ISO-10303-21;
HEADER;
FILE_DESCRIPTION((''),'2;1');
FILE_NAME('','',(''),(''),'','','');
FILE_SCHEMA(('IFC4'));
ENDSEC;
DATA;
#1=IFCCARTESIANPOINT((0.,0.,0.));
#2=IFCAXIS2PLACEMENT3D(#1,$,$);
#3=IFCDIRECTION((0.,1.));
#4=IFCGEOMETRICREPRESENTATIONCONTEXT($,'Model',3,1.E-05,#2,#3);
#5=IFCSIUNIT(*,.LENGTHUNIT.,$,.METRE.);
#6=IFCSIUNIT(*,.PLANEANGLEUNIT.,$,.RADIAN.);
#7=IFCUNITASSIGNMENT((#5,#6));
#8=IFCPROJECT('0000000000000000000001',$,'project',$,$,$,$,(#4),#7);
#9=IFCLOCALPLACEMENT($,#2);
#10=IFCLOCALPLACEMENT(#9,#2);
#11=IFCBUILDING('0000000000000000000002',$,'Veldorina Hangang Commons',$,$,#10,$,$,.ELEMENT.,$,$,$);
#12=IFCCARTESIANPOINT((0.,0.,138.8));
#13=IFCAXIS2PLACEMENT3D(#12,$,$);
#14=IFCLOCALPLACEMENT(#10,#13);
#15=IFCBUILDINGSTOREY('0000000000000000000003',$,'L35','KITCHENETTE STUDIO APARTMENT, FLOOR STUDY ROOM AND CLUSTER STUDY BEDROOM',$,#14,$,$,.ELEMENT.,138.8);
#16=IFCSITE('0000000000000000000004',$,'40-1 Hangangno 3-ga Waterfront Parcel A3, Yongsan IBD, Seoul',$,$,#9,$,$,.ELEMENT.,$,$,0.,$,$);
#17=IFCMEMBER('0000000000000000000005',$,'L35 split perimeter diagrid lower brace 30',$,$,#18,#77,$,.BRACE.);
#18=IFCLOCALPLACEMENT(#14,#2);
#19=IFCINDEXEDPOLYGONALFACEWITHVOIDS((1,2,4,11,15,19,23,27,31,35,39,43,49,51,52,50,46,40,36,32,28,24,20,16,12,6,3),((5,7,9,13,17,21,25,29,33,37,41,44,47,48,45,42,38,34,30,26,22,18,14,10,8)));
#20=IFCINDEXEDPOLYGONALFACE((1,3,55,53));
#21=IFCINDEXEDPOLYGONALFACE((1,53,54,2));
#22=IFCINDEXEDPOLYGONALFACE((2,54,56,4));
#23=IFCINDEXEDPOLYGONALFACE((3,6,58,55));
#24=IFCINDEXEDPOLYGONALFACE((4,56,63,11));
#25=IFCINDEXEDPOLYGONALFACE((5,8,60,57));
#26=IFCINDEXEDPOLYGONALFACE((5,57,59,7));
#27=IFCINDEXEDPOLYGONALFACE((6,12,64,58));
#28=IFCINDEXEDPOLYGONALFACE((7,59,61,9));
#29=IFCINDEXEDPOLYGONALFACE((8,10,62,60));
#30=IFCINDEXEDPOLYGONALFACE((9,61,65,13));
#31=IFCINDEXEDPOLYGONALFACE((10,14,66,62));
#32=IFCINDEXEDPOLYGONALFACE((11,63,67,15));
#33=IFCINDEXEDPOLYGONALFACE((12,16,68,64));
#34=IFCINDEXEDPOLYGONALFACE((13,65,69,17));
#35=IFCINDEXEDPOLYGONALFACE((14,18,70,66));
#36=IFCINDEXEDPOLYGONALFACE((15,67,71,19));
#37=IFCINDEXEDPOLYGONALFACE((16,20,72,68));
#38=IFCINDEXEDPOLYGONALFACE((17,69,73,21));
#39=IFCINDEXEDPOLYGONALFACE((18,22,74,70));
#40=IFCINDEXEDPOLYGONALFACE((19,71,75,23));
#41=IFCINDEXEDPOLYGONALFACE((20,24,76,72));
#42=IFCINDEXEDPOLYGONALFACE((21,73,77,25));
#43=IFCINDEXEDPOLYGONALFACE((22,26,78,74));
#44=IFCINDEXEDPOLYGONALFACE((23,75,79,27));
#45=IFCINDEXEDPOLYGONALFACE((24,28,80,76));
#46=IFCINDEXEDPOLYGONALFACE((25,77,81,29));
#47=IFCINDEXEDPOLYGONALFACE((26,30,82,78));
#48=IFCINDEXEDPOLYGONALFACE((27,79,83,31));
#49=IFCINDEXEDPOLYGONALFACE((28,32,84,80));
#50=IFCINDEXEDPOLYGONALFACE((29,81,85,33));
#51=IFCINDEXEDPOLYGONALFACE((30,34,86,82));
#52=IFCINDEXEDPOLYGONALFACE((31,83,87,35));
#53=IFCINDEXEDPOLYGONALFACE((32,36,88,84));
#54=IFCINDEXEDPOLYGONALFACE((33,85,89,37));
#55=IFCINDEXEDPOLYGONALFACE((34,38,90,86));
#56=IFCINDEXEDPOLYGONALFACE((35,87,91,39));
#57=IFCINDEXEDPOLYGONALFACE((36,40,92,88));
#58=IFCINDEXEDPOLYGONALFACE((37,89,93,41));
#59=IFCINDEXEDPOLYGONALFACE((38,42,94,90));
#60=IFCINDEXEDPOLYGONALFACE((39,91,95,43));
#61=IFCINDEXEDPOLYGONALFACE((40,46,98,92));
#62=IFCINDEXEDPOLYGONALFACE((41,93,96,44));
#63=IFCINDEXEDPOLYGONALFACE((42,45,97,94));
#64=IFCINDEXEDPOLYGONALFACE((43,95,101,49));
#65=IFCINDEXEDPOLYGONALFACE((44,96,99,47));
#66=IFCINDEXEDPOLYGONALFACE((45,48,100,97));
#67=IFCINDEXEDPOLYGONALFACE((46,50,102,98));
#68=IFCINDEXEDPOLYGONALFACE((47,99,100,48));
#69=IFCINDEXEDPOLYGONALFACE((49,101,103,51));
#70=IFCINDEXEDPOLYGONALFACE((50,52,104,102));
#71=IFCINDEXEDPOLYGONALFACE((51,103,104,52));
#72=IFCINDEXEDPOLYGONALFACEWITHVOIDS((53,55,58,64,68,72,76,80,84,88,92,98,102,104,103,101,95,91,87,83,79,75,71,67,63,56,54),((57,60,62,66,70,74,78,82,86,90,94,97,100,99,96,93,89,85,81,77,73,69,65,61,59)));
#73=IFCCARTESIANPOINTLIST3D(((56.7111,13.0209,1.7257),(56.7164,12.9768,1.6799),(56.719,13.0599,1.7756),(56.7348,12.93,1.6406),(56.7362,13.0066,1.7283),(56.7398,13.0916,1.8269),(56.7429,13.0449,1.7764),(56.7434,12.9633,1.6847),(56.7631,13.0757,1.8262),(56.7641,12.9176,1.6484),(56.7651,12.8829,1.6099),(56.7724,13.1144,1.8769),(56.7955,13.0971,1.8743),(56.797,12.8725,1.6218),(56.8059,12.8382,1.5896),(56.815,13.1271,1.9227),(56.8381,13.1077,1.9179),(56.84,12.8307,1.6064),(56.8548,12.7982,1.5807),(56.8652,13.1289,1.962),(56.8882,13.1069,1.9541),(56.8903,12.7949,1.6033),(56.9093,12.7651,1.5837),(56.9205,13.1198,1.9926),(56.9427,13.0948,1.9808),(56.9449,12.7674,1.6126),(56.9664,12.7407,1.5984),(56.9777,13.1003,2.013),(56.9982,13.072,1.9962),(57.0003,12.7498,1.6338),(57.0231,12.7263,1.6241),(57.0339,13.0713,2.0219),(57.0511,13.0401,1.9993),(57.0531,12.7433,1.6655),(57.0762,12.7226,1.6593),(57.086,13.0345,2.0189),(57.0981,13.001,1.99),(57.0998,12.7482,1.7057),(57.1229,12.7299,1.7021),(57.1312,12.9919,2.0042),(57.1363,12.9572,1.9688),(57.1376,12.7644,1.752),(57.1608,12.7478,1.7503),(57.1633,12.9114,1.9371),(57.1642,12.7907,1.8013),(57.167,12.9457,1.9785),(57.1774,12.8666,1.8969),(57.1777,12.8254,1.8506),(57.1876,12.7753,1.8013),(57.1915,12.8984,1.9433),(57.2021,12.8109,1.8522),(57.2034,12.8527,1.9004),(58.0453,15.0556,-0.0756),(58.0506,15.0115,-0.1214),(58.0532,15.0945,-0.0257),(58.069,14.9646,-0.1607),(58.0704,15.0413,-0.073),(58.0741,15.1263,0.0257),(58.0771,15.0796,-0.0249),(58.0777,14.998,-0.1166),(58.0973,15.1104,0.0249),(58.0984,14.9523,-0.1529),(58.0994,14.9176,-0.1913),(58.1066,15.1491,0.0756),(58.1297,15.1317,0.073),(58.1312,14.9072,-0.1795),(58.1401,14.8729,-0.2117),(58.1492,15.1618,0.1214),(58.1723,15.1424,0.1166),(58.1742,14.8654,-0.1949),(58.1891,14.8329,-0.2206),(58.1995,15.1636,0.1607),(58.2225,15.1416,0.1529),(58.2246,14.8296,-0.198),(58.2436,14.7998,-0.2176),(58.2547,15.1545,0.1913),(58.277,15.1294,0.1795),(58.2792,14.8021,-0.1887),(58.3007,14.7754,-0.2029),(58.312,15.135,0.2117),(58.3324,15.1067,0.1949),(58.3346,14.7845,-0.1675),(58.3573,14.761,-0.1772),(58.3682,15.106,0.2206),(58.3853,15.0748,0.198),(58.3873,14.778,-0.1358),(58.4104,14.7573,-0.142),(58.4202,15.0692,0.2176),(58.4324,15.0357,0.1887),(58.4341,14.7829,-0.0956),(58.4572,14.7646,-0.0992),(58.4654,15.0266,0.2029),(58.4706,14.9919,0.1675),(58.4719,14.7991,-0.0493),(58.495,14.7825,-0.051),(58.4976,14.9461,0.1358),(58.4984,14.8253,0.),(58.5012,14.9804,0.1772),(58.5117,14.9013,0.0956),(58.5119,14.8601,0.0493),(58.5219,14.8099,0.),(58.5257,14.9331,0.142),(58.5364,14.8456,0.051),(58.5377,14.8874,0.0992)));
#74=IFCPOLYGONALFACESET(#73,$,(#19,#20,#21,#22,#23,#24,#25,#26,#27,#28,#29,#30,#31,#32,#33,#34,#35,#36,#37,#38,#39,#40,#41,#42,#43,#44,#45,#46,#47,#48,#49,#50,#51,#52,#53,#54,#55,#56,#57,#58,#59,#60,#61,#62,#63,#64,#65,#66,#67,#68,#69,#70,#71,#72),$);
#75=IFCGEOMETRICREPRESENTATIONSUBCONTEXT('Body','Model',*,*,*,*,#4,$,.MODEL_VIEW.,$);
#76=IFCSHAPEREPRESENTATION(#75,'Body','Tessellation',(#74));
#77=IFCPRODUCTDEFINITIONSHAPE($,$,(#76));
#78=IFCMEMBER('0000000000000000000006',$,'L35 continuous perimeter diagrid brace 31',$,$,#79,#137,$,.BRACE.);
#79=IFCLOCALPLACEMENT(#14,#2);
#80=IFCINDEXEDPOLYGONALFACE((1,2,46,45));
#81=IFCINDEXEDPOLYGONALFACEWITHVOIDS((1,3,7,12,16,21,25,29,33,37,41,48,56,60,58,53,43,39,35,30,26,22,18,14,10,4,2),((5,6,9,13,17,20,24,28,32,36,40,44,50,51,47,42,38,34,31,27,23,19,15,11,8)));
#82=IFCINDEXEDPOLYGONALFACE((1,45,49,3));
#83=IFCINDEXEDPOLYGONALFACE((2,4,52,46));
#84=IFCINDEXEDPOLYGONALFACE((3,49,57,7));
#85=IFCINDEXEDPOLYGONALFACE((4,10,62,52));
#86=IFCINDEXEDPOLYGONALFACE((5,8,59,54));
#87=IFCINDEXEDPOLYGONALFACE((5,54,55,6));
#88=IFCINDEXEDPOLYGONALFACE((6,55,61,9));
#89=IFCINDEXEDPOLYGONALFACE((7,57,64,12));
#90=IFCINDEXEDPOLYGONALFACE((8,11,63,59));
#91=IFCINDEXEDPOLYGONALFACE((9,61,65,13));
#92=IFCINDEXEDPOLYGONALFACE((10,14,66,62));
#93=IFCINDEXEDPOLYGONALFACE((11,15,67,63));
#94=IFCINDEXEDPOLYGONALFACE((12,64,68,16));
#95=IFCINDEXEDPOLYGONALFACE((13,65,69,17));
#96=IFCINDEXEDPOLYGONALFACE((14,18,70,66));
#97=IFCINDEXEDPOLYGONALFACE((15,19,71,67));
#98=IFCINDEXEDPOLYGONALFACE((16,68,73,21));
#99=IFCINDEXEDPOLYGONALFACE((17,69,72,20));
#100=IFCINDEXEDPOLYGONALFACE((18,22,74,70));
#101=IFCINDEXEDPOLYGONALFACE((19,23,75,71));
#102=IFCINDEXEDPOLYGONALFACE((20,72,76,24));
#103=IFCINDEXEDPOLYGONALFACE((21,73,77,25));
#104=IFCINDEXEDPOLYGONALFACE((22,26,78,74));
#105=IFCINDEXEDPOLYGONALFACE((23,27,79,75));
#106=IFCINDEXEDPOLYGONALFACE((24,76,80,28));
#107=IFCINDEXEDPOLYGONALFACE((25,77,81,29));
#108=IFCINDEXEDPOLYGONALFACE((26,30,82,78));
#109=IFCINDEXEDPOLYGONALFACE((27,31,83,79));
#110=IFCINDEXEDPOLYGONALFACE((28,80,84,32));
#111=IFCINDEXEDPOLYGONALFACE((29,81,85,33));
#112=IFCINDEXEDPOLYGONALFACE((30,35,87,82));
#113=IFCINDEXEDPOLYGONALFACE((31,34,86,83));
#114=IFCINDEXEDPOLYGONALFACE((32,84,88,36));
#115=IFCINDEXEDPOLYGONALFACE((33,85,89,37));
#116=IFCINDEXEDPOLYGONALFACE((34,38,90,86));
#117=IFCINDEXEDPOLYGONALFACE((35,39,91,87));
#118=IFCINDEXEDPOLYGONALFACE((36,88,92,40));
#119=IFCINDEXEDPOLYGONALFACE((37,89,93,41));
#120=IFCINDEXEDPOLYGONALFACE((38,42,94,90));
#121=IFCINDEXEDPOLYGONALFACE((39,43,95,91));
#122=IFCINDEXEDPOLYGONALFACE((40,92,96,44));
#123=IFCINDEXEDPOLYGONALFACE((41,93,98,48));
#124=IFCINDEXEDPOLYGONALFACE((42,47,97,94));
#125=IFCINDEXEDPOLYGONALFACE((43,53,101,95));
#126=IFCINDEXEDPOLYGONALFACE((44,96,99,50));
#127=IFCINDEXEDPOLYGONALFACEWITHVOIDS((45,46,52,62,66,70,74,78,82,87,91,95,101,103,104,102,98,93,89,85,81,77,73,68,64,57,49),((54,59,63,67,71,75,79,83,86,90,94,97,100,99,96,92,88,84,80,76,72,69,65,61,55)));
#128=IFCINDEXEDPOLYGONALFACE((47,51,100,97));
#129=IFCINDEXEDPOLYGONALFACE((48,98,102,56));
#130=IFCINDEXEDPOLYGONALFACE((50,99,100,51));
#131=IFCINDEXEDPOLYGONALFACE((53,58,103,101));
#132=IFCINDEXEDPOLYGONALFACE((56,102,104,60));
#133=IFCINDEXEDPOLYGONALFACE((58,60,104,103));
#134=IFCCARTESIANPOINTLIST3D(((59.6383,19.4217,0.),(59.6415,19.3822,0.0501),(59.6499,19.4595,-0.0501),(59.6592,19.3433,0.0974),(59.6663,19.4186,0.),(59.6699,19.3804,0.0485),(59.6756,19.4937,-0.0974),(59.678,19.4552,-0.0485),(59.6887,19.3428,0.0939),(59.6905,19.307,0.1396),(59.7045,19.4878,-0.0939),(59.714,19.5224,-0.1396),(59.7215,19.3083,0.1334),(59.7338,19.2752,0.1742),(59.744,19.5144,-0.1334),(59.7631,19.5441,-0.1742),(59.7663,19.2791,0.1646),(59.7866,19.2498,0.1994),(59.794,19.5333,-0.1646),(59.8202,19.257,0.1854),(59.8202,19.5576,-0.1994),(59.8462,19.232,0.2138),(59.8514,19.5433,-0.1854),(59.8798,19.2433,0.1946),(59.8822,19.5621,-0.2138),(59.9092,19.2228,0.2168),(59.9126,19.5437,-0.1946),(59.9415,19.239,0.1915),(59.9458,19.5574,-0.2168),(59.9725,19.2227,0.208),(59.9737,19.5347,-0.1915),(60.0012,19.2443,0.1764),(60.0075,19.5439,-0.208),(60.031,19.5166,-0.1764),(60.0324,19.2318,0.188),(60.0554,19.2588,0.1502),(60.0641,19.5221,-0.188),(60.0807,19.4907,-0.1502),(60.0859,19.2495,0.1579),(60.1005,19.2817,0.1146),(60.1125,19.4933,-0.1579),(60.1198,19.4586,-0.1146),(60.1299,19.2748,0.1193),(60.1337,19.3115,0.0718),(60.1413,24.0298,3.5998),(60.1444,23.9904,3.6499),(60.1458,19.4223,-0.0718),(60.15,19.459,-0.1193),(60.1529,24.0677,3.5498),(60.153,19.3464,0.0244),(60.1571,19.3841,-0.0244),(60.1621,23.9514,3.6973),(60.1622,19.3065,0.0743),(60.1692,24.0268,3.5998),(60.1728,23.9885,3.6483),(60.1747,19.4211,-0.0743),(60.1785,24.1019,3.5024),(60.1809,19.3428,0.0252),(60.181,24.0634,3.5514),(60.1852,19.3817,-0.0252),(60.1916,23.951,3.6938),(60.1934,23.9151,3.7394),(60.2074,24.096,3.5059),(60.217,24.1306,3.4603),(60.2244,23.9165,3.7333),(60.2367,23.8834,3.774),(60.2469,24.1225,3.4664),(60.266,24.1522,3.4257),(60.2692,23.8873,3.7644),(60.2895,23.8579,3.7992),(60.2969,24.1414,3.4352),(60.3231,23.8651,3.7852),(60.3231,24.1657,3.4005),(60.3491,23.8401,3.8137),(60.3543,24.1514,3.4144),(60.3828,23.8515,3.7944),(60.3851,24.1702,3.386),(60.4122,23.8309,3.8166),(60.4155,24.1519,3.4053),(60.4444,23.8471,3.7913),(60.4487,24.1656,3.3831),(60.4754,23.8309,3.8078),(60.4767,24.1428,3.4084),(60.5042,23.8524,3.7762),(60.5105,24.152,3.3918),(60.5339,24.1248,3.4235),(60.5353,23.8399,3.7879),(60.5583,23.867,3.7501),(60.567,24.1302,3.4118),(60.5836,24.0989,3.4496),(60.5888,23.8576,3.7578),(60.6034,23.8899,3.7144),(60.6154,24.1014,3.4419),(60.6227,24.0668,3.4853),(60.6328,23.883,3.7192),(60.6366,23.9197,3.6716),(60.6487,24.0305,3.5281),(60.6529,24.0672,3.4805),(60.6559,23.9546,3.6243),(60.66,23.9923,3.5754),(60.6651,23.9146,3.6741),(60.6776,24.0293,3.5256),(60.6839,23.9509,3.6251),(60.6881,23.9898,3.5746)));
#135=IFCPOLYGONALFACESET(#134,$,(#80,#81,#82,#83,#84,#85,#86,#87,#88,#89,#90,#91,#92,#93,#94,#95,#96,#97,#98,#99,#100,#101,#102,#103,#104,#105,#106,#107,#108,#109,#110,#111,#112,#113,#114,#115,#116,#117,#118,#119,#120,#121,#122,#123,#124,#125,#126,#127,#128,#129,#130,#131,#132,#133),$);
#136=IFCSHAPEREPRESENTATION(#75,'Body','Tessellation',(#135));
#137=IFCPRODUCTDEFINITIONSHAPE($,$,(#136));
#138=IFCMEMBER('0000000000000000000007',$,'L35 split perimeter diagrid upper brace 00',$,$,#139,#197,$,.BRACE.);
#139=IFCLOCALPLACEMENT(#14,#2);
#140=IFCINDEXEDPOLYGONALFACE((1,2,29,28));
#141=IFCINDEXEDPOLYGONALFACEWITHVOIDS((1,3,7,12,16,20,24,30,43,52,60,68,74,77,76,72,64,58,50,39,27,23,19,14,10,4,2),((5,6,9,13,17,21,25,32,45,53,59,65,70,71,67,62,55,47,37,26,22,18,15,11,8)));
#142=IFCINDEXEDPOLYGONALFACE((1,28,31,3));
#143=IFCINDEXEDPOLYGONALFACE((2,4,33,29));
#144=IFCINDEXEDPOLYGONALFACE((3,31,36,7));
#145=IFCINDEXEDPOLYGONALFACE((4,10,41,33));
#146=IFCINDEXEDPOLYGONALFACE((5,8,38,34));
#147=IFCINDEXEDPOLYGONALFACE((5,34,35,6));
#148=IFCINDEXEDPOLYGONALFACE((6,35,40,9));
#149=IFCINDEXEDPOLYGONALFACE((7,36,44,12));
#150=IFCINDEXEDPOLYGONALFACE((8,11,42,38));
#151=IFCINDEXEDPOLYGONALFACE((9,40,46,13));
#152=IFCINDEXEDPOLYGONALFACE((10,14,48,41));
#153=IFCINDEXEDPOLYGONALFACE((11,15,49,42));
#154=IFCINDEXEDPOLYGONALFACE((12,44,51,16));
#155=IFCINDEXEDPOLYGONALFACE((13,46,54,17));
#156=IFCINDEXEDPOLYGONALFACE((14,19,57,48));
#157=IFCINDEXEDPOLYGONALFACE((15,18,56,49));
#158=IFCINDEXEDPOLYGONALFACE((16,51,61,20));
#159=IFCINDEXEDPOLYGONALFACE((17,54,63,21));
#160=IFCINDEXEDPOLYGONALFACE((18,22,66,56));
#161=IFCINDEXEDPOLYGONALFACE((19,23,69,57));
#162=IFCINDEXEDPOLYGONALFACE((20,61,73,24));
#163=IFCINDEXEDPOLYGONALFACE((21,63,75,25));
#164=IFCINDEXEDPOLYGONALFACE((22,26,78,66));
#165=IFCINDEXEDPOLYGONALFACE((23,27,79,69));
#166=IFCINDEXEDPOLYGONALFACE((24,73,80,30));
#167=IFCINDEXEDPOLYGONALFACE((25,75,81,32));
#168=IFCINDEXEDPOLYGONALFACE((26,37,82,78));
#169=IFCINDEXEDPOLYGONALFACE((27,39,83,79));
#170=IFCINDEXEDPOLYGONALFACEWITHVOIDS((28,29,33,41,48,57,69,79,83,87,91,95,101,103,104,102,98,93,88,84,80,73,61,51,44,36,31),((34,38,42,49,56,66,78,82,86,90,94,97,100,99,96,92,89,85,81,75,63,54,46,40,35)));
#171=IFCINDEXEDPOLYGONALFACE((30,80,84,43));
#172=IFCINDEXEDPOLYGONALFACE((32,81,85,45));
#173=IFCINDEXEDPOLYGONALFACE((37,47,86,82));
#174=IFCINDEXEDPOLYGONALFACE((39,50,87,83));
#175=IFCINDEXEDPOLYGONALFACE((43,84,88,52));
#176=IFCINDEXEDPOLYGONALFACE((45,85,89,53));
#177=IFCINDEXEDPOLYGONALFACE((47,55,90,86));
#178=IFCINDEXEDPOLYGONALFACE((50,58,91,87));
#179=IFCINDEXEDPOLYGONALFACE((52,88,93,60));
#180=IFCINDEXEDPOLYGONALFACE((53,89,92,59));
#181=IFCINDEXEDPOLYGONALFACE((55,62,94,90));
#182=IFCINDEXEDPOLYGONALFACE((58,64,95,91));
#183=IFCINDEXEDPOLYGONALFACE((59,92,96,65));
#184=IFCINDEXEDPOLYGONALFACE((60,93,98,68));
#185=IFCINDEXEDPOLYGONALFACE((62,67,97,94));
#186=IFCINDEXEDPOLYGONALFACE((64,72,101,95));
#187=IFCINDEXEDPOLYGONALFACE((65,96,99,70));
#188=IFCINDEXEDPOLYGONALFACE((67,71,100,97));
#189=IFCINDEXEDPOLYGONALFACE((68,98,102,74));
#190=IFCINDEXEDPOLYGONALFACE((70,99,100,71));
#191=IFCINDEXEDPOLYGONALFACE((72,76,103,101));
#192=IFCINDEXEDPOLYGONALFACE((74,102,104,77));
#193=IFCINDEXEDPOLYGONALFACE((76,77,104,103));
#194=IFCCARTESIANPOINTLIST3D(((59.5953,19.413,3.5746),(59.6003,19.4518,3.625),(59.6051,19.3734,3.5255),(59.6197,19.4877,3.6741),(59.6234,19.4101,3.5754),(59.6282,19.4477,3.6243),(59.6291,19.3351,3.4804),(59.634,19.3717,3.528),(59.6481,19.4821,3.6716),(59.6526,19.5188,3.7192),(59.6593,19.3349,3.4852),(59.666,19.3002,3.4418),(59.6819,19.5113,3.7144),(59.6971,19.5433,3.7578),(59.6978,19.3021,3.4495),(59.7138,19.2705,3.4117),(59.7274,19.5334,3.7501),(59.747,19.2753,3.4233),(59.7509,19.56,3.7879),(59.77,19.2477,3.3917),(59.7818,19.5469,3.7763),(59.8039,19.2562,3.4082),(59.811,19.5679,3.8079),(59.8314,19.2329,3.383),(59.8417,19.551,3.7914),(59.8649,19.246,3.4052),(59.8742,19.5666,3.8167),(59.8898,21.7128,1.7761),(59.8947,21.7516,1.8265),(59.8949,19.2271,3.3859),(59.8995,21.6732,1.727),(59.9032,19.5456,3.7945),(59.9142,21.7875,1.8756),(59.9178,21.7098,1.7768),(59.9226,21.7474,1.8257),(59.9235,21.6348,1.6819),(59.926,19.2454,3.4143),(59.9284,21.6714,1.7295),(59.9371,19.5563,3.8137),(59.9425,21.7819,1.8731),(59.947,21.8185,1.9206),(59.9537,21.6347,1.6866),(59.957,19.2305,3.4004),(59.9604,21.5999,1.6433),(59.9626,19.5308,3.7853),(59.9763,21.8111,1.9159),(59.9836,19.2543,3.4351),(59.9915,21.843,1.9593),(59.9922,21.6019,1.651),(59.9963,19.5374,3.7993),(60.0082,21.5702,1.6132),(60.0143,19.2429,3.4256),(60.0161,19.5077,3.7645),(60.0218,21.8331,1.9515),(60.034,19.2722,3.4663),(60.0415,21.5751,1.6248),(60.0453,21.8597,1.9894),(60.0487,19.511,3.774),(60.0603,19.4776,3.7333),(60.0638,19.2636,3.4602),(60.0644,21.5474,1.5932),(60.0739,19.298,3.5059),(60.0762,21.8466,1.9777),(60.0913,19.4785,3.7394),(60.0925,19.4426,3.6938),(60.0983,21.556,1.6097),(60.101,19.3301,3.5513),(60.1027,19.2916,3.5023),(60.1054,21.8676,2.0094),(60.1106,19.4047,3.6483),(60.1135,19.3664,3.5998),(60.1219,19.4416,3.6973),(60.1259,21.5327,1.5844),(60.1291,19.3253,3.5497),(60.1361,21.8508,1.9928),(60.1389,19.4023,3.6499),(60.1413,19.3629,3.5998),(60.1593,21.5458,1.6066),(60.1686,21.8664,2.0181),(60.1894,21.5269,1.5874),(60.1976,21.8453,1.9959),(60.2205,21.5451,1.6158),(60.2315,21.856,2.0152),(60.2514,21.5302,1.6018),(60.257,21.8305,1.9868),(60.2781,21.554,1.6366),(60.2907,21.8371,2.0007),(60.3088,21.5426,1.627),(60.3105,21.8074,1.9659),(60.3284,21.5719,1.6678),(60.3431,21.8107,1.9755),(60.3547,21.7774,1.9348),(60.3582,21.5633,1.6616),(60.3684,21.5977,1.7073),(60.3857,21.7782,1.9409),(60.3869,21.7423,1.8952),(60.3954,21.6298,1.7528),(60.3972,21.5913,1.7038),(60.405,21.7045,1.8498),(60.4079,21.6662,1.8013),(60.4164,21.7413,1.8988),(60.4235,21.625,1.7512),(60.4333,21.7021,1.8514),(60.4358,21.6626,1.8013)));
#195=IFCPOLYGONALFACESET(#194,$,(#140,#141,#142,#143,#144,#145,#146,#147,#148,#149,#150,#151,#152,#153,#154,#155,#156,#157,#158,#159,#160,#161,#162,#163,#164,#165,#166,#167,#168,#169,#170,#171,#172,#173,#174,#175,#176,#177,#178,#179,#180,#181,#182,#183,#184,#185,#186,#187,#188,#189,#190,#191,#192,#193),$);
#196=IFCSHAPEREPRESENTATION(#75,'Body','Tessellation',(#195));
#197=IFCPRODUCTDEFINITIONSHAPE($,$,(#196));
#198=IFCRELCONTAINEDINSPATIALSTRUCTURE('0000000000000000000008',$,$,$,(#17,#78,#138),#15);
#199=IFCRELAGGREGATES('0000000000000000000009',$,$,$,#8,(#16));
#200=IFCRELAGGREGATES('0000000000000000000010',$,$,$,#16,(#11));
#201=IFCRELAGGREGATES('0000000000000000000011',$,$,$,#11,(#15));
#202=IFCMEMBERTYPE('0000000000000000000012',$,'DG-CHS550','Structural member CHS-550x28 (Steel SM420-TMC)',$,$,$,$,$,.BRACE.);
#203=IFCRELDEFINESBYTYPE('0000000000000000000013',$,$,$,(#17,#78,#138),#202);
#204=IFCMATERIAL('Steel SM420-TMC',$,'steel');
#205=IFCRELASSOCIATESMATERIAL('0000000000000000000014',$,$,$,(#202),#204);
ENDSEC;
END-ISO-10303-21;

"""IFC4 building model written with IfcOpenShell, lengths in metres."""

from ifc_helpers import new_model, si_unit, direction, frame, origin, origin_2d, place, context, subcontext, project, spatial, hollow_circle, extrude, material, material_profile, profile_set, type_object, element, save


model = new_model("IFC4")

# Units and contexts
model_context = context("Model", 3, precision=1e-05, world=origin(), true_north=direction((0.0, 1.0)))
body_context = subcontext(model_context, "Body", "Model", "MODEL_VIEW")
ifc_project = project(units=[si_unit("LENGTHUNIT", "METRE"), si_unit("PLANEANGLEUNIT", "RADIAN")], contexts=[model_context])

# Site, building, storey
site_placement = place(None, origin())
site = spatial("IfcSite", under=ifc_project, at=site_placement, Name="40-1 Hangangno 3-ga Waterfront Parcel A3, Yongsan IBD, Seoul", CompositionType="ELEMENT", RefElevation=0.0)
building_placement = place(site_placement, origin())
building = spatial("IfcBuilding", under=site, at=building_placement, Name="Veldorina Hangang Commons", CompositionType="ELEMENT")
storey_placement = place(building_placement, frame((0.0, 0.0, 138.8)))
storey = spatial("IfcBuildingStorey", under=building, at=storey_placement, Name="L35", Description="KITCHENETTE STUDIO APARTMENT, FLOOR STUDY ROOM AND CLUSTER STUDY BEDROOM", CompositionType="ELEMENT", Elevation=138.8)

# Shared definitions
ifc_material_1 = material(Name="Steel SM420-TMC", Category="steel")

# Members
ifc_material_profile_1 = material_profile(ifc_material_1, hollow_circle(Radius=0.2749, WallThickness=0.0281, at=origin_2d()), Name="CHS-550x28")
ifc_profile_set_1 = profile_set([ifc_material_profile_1], Name="Steel SM420-TMC")
member_type_1 = type_object("IfcMemberType", Name="DG-CHS550", Description="Structural member CHS-550x28 (Steel SM420-TMC)", PredefinedType="BRACE", material=ifc_profile_set_1)
member_1_placement = place(storey_placement, frame((58.292, 14.9607, 0.0), z_axis=(-0.440731, -0.672104, 0.595006), x_axis=(0.836241, -0.548363, 0.0)))
element("IfcMember", 1, at=member_1_placement, inside=storey, type_object=member_type_1, Name="L35 split perimeter diagrid lower brace 30", PredefinedType="BRACE", context=body_context, shape_type="SweptSolid", body=[
    extrude(hollow_circle(Radius=0.2749, WallThickness=0.0281, at=origin_2d()), origin(), (0.0, 0.0, 1.0), 3.0273),
])
member_2_placement = place(storey_placement, frame((59.9116, 19.3918, 0.0), z_axis=(0.08569, 0.785148, 0.613351), x_axis=(-0.994097, 0.108495, 0.0)))
element("IfcMember", 2, at=member_2_placement, inside=storey, type_object=member_type_1, Name="L35 continuous perimeter diagrid brace 31", PredefinedType="BRACE", context=body_context, shape_type="SweptSolid", body=[
    extrude(hollow_circle(Radius=0.2749, WallThickness=0.0281, at=origin_2d()), origin(), (0.0, 0.0, 1.0), 5.8691),
])
member_3_placement = place(storey_placement, frame((60.1631, 21.6975, 1.8013), z_axis=(-0.100339, -0.78374, 0.612931), x_axis=(0.991904, -0.126989, 0.0)))
element("IfcMember", 3, at=member_3_placement, inside=storey, type_object=member_type_1, Name="L35 split perimeter diagrid upper brace 00", PredefinedType="BRACE", context=body_context, shape_type="SweptSolid", body=[
    extrude(hollow_circle(Radius=0.2749, WallThickness=0.0281, at=origin_2d()), origin(), (0.0, 0.0, 1.0), 2.9343),
])

save(model, "model.ifc")
